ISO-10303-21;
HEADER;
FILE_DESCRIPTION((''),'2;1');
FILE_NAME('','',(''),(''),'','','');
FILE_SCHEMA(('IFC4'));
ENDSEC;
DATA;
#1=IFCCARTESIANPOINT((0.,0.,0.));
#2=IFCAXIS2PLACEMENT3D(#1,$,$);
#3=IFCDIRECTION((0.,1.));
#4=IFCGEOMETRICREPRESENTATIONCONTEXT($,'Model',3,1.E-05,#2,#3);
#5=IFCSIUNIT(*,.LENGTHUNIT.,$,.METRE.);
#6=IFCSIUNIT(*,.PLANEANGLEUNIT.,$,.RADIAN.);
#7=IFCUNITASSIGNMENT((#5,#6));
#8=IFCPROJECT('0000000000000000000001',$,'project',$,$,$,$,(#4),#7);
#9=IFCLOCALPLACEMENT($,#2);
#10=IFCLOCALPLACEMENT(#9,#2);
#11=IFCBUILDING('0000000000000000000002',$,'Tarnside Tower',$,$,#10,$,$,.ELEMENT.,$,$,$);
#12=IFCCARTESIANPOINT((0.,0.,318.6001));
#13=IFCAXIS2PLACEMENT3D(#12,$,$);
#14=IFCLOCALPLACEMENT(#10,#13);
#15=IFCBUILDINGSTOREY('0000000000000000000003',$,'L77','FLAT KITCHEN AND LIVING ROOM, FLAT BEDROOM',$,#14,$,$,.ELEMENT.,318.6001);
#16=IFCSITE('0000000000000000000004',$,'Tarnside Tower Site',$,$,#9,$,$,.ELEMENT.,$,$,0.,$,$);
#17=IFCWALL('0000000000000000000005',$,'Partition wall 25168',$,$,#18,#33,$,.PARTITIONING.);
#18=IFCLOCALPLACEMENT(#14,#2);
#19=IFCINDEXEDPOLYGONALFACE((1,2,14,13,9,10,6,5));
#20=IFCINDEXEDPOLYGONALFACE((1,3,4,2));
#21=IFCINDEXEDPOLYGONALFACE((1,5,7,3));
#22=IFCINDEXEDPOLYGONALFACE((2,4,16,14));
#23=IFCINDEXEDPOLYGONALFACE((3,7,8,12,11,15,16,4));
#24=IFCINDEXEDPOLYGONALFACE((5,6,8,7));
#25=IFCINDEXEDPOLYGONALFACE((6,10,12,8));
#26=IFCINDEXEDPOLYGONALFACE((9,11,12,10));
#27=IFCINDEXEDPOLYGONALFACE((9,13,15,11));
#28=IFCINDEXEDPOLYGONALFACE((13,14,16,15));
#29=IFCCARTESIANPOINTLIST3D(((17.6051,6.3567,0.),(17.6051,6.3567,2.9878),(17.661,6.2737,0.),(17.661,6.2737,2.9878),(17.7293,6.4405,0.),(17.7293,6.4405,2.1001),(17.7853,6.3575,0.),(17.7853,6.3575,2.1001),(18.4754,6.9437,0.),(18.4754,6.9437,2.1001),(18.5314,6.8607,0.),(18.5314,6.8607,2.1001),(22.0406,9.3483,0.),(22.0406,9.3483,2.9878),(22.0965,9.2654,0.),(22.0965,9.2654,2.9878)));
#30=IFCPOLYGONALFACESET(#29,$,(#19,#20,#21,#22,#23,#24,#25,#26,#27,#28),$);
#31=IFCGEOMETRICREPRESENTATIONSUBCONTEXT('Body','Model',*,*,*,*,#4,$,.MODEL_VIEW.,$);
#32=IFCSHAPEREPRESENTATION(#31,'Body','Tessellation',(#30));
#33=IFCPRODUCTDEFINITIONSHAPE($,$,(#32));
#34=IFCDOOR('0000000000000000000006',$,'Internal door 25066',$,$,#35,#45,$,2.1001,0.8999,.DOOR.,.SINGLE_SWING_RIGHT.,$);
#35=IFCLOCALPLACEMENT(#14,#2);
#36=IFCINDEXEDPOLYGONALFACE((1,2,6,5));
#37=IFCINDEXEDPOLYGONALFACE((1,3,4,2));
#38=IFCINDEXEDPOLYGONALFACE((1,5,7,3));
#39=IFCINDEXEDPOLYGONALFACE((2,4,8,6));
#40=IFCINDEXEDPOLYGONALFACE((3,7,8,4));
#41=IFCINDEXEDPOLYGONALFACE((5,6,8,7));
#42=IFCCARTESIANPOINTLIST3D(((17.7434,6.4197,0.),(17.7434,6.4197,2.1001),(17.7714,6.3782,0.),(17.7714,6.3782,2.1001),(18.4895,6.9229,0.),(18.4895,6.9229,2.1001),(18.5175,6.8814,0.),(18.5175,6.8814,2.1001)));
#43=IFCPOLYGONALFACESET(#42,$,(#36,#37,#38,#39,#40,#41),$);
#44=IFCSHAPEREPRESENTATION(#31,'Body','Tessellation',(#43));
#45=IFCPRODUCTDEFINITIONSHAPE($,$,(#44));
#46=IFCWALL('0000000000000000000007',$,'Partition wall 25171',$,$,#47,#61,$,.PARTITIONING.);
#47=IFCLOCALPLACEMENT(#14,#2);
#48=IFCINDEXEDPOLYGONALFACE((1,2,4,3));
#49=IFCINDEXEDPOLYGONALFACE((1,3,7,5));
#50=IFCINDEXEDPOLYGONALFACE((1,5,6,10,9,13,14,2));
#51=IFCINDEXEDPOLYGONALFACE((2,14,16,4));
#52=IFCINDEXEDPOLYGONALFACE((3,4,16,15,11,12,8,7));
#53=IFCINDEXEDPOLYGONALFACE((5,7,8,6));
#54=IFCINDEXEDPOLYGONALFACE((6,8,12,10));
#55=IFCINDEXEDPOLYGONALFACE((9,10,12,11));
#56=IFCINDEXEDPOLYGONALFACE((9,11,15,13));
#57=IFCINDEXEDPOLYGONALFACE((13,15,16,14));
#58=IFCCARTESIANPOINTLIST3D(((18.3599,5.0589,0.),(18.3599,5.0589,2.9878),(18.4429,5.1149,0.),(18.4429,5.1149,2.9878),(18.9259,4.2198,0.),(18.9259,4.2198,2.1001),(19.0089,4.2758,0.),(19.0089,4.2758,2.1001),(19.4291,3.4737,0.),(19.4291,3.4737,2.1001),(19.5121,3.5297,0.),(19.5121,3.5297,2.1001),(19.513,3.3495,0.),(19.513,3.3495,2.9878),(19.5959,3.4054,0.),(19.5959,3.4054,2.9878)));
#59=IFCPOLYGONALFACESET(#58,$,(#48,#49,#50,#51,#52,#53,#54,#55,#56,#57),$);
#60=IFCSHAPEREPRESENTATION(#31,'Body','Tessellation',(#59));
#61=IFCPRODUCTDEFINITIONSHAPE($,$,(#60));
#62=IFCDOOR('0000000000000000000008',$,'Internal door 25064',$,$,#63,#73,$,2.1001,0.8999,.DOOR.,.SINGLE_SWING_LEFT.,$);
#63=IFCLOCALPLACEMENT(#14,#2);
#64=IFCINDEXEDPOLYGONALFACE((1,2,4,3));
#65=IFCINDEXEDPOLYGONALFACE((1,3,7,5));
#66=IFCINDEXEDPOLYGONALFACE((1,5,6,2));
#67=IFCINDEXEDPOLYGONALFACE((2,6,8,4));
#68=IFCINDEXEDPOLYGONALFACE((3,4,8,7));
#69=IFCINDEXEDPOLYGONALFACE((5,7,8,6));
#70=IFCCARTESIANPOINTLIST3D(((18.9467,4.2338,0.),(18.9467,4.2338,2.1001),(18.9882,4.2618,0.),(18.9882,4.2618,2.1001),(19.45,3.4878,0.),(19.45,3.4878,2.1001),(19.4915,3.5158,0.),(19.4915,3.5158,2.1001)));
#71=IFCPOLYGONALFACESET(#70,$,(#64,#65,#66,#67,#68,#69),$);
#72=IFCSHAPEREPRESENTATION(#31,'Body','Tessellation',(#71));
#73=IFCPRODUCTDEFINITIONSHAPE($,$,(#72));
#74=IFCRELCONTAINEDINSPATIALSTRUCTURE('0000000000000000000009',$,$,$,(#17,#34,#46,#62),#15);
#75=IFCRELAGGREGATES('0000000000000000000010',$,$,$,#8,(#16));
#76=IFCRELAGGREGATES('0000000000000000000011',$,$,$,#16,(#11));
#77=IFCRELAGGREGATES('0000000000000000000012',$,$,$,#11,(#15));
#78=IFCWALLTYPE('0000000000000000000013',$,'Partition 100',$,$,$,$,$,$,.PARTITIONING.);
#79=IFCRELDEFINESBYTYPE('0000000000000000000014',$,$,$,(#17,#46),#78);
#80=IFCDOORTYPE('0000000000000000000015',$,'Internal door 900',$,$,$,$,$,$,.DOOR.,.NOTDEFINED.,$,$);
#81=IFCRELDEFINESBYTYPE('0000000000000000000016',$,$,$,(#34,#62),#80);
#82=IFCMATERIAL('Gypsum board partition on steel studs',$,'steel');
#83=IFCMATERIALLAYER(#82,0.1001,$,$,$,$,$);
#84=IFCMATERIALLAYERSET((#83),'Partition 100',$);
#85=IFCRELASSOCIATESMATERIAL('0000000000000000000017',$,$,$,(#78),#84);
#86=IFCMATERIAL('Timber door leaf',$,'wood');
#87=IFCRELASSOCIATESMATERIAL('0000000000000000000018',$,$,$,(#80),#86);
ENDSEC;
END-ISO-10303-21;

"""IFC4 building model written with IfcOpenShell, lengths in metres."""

from ifc_helpers import new_model, si_unit, direction, frame, frame_2d, origin, place, context, subcontext, project, spatial, rectangle, extrude, material, layer, layer_set, type_object, element, fill, save


model = new_model("IFC4")

# Units and contexts
model_context = context("Model", 3, precision=1e-05, world=origin(), true_north=direction((0.0, 1.0)))
body_context = subcontext(model_context, "Body", "Model", "MODEL_VIEW")
ifc_project = project(units=[si_unit("LENGTHUNIT", "METRE"), si_unit("PLANEANGLEUNIT", "RADIAN")], contexts=[model_context])

# Site, building, storey
site_placement = place(None, origin())
site = spatial("IfcSite", under=ifc_project, at=site_placement, Name="Tarnside Tower Site", CompositionType="ELEMENT", RefElevation=0.0)
building_placement = place(site_placement, origin())
building = spatial("IfcBuilding", under=site, at=building_placement, Name="Tarnside Tower", CompositionType="ELEMENT")
storey_placement = place(building_placement, frame((0.0, 0.0, 318.6001)))
storey = spatial("IfcBuildingStorey", under=building, at=storey_placement, Name="L77", Description="FLAT KITCHEN AND LIVING ROOM, FLAT BEDROOM", CompositionType="ELEMENT", Elevation=318.6001)

# Shared definitions
ifc_material_1 = material(Name="Gypsum board partition on steel studs", Category="steel")

# Shared definitions
ifc_material_2 = material(Name="Timber door leaf", Category="wood")

# Walls, openings, doors
ifc_layer_1 = layer(ifc_material_1, 0.1001)
ifc_layer_set_1 = layer_set([ifc_layer_1], Name="Partition 100")
wall_type_1 = type_object("IfcWallType", Name="Partition 100", PredefinedType="PARTITIONING", material=ifc_layer_set_1)
door_type_1 = type_object("IfcDoorType", Name="Internal door 900", OperationType="NOTDEFINED", PredefinedType="DOOR", material=ifc_material_2)
wall_1_placement = place(storey_placement, frame((17.6331, 6.3152, 0.0), z_axis=(0.0, 0.0, 1.0), x_axis=(0.829048, 0.559178, 0.0)))
wall_1 = element("IfcWall", 1, at=wall_1_placement, inside=storey, type_object=wall_type_1, Name="Partition wall 25168", PredefinedType="PARTITIONING", context=body_context, shape_type="SweptSolid", body=[
    extrude(rectangle(XDim=5.3501, YDim=0.1001, at=frame_2d((2.675, 0.0))), origin(), (0.0, 0.0, 1.0), 2.9878),
])
opening_1_placement = place(wall_1_placement, frame((0.1499, 0.0, 0.0)))
opening_1 = element("IfcOpeningElement", 2, at=opening_1_placement, cuts=wall_1, PredefinedType="OPENING", context=body_context, shape_type="SweptSolid", body=[
    extrude(rectangle(XDim=0.8999, YDim=2.1001, at=frame_2d((0.45, 1.05))), frame((0.0, 0.0601, 0.0), z_axis=(0.0, -1.0, 0.0), x_axis=(1.0, 0.0, 0.0)), (0.0, 0.0, 1.0), 0.1201),
])
door_1_placement = place(opening_1_placement, origin())
door_1 = element("IfcDoor", 3, at=door_1_placement, inside=storey, type_object=door_type_1, Name="Internal door 25066", OperationType="SINGLE_SWING_RIGHT", OverallHeight=2.1001, OverallWidth=0.8999, PredefinedType="DOOR", context=body_context, shape_type="SweptSolid", body=[
    extrude(rectangle(XDim=0.8999, YDim=2.1001, at=frame_2d((0.45, 1.05))), frame((0.0, 0.0249, 0.0), z_axis=(0.0, -1.0, 0.0), x_axis=(1.0, 0.0, 0.0)), (0.0, 0.0, 1.0), 0.05),
])
fill(opening_1, door_1)
wall_2_placement = place(storey_placement, frame((19.5544, 3.3774, 0.0), z_axis=(0.0, 0.0, 1.0), x_axis=(-0.5592, 0.829033, 0.0)))
wall_2 = element("IfcWall", 4, at=wall_2_placement, inside=storey, type_object=wall_type_1, Name="Partition wall 25171", PredefinedType="PARTITIONING", context=body_context, shape_type="SweptSolid", body=[
    extrude(rectangle(XDim=2.062, YDim=0.1001, at=frame_2d((1.031, 0.0))), origin(), (0.0, 0.0, 1.0), 2.9878),
])
opening_2_placement = place(wall_2_placement, frame((0.1499, 0.0, 0.0)))
opening_2 = element("IfcOpeningElement", 5, at=opening_2_placement, cuts=wall_2, PredefinedType="OPENING", context=body_context, shape_type="SweptSolid", body=[
    extrude(rectangle(XDim=0.8999, YDim=2.1001, at=frame_2d((0.45, 1.05))), frame((0.0, 0.0601, 0.0), z_axis=(0.0, -1.0, 0.0), x_axis=(1.0, 0.0, 0.0)), (0.0, 0.0, 1.0), 0.1201),
])
door_2_placement = place(opening_2_placement, origin())
door_2 = element("IfcDoor", 6, at=door_2_placement, inside=storey, type_object=door_type_1, Name="Internal door 25064", OperationType="SINGLE_SWING_LEFT", OverallHeight=2.1001, OverallWidth=0.8999, PredefinedType="DOOR", context=body_context, shape_type="SweptSolid", body=[
    extrude(rectangle(XDim=0.8999, YDim=2.1001, at=frame_2d((0.45, 1.05))), frame((0.0, 0.0249, 0.0), z_axis=(0.0, -1.0, 0.0), x_axis=(1.0, 0.0, 0.0)), (0.0, 0.0, 1.0), 0.05),
])
fill(opening_2, door_2)

save(model, "model.ifc")
